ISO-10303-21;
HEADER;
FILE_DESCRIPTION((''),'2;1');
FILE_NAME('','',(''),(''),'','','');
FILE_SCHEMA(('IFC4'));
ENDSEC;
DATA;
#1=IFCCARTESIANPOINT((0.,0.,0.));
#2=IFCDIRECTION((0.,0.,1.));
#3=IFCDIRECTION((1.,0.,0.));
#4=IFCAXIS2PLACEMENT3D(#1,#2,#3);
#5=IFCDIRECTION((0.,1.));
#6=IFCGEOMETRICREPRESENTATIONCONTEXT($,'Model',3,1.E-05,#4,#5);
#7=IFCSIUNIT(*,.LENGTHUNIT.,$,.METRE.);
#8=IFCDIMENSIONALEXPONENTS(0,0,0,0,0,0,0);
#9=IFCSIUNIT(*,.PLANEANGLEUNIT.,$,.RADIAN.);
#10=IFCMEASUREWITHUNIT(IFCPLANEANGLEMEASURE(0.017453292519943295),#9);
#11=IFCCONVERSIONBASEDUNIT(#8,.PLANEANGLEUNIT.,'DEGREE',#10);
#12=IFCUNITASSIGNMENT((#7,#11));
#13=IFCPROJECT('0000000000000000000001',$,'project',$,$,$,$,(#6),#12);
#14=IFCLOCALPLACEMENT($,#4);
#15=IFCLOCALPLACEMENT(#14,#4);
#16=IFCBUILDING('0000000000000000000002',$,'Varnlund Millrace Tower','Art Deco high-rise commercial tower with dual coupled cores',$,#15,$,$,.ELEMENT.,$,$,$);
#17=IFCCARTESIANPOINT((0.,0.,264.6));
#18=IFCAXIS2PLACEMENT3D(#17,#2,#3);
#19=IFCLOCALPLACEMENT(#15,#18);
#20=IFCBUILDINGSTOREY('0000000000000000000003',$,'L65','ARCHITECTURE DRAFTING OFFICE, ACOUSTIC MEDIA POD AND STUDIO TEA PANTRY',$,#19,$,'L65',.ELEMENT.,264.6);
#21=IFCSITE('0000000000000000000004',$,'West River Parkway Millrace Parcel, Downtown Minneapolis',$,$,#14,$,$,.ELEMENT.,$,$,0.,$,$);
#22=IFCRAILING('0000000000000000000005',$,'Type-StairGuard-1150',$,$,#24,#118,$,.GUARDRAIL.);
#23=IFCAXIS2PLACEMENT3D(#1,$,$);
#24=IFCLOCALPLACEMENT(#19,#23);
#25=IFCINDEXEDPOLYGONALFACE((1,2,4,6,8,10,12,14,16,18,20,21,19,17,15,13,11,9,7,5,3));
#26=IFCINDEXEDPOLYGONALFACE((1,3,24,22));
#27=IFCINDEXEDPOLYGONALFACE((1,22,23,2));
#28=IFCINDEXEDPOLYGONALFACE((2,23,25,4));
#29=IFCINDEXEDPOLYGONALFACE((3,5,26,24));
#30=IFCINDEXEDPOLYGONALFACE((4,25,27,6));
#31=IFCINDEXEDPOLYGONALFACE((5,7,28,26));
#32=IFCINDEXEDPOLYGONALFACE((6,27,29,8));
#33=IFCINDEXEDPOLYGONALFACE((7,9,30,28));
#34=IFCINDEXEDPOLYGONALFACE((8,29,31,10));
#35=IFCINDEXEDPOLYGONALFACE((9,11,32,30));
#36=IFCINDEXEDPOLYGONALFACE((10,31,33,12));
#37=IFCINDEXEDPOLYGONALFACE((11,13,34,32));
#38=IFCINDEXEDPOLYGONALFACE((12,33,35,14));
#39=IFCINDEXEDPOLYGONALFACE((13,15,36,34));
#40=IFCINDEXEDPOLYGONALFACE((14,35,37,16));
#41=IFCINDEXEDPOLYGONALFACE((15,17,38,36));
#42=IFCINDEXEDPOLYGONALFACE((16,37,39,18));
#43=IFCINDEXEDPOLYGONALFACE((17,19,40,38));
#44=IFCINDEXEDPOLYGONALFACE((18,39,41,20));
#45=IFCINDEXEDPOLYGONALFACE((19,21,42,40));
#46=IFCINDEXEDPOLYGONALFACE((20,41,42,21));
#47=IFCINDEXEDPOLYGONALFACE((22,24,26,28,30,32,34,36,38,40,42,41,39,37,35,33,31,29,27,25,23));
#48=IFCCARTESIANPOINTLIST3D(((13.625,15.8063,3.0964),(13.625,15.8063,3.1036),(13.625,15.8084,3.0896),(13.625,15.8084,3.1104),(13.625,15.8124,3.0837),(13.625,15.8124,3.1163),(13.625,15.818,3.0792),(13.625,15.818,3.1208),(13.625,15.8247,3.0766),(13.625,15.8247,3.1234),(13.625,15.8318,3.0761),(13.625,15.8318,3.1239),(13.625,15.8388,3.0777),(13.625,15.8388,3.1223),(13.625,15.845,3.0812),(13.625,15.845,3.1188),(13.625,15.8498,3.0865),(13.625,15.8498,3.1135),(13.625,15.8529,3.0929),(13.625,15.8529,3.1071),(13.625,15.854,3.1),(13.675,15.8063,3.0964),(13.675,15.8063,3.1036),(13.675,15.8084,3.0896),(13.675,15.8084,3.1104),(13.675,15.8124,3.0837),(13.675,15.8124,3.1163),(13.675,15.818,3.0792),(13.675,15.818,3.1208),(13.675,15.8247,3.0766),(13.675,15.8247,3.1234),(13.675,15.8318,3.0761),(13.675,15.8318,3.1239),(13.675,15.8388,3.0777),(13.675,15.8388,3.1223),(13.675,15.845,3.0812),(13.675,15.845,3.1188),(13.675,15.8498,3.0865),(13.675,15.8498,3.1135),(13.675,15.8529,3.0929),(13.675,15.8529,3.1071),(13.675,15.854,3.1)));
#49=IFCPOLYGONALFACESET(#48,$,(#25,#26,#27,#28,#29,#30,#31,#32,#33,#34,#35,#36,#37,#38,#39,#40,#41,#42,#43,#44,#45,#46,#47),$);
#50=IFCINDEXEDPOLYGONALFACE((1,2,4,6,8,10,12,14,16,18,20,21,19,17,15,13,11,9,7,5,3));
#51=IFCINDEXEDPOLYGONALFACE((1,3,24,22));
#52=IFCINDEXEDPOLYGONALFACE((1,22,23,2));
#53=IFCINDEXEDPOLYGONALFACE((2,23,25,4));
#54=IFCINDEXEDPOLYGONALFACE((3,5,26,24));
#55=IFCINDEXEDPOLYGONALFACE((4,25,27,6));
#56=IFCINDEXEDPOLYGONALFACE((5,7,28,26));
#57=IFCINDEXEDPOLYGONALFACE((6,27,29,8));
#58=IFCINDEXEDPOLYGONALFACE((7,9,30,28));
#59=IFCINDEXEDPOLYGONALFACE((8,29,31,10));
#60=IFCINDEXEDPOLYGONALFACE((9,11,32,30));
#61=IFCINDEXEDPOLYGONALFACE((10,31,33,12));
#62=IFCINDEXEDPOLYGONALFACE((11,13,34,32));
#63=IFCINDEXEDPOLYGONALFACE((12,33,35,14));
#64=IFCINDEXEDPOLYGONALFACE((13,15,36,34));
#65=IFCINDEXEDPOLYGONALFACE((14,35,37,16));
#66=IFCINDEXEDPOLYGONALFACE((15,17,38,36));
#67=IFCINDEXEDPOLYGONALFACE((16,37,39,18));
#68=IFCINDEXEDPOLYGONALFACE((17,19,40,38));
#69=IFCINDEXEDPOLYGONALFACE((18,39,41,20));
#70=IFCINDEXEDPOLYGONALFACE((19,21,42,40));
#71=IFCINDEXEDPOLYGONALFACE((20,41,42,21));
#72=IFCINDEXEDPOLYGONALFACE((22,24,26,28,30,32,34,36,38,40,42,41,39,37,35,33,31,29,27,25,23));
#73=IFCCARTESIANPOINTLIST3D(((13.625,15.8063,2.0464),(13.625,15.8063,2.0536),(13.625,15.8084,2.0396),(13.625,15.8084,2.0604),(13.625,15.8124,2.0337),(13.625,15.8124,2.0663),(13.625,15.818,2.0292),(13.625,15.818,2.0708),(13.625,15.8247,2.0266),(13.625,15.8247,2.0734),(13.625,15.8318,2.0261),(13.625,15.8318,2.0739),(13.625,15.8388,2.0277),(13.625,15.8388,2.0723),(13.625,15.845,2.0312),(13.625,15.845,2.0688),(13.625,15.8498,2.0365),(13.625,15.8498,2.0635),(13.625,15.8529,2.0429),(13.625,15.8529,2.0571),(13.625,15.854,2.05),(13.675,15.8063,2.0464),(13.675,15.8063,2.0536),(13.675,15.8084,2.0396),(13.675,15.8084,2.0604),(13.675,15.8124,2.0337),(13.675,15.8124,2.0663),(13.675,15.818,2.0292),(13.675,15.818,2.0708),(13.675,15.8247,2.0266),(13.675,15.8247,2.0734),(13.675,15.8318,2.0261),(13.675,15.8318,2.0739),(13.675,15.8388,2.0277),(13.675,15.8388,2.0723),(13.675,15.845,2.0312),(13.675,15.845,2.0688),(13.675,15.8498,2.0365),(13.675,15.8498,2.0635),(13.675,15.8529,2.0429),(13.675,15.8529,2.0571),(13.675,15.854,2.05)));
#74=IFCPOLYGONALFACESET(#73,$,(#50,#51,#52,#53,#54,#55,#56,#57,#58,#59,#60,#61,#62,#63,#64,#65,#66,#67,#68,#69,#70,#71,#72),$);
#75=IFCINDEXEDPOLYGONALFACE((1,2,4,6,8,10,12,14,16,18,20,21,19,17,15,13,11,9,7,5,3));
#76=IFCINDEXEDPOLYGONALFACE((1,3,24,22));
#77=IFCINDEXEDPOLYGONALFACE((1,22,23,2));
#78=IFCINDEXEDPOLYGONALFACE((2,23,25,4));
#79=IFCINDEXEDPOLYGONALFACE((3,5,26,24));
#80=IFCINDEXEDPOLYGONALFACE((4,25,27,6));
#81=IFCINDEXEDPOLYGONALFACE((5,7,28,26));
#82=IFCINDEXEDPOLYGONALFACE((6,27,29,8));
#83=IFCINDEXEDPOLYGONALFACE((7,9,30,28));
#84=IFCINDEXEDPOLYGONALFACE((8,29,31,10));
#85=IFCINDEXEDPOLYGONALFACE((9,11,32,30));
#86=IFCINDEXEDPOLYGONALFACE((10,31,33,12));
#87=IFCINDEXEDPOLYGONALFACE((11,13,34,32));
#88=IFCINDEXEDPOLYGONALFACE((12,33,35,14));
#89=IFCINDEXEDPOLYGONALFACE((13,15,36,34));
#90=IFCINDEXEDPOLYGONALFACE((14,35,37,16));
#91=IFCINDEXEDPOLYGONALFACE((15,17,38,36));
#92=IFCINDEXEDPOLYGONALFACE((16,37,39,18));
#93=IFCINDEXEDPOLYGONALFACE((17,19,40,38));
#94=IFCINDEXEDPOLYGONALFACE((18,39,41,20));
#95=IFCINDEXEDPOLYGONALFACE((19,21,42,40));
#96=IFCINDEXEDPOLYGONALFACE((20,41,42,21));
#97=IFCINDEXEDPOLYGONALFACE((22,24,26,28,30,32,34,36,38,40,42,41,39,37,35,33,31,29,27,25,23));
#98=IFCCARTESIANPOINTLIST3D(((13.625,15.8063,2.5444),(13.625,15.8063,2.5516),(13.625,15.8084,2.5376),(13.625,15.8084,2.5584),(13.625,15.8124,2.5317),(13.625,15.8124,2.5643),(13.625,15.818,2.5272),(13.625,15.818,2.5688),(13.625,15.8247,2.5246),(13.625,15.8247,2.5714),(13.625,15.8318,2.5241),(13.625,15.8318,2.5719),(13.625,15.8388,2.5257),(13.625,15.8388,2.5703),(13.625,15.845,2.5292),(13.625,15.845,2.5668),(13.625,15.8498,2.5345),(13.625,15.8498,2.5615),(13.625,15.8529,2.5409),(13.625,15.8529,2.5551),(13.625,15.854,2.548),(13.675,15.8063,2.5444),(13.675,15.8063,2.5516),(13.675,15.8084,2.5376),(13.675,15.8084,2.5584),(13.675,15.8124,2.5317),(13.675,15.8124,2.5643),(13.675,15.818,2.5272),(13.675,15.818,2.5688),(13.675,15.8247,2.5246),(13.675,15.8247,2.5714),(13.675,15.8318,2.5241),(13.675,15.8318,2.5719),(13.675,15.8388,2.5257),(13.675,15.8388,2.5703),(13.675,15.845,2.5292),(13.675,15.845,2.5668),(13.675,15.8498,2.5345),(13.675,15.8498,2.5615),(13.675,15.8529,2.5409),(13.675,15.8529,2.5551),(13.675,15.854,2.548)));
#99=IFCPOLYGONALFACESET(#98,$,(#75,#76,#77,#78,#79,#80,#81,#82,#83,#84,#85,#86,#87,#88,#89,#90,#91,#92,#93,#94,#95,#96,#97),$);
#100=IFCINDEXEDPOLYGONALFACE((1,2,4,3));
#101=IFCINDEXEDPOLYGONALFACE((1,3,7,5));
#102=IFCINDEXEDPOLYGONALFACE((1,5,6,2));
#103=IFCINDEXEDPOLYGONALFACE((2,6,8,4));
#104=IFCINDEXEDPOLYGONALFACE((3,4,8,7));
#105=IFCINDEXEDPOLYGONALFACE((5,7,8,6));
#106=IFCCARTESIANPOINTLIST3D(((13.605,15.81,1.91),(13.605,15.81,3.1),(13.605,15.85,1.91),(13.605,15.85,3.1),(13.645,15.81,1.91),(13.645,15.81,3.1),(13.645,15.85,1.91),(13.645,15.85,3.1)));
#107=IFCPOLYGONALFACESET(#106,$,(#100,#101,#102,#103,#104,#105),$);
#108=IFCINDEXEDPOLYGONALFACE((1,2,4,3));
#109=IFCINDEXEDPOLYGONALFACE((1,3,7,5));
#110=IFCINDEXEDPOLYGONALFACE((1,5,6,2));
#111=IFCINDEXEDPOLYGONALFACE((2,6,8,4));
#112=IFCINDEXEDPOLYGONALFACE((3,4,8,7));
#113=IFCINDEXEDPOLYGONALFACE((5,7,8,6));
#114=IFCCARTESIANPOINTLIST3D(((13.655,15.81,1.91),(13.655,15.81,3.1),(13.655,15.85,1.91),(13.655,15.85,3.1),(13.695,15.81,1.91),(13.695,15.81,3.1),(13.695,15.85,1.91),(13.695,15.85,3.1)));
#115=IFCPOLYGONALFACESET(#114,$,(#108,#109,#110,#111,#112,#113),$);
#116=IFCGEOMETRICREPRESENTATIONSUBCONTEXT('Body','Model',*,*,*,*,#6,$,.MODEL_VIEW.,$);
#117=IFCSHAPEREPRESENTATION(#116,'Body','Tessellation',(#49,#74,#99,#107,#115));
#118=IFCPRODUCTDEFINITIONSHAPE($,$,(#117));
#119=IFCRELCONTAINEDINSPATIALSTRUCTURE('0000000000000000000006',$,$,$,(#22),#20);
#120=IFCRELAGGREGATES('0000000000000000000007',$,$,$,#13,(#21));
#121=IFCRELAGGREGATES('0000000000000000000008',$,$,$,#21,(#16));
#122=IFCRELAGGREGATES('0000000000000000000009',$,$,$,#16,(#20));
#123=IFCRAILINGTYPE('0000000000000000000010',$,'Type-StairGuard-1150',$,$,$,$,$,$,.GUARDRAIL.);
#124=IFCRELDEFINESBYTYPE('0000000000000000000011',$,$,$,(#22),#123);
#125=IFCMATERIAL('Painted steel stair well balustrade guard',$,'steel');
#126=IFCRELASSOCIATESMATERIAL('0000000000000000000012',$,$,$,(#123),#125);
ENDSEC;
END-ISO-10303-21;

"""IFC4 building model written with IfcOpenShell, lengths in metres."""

from ifc_helpers import new_model, entity, si_unit, converted_unit, direction, frame, origin_with_axes, origin_2d_with_axis, place, context, subcontext, project, spatial, rectangle, circle, extrude, material, type_object, element, save


model = new_model("IFC4")

# Units and contexts
model_context = context("Model", 3, precision=1e-05, world=origin_with_axes(), true_north=direction((0.0, 1.0)))
body_context = subcontext(model_context, "Body", "Model", "MODEL_VIEW")
ifc_project = project(units=[si_unit("LENGTHUNIT", "METRE"), converted_unit("PLANEANGLEUNIT", "DEGREE", entity("IfcPlaneAngleMeasure", 0.017453292519943295), si_unit("PLANEANGLEUNIT", "RADIAN"), dimensions=[0, 0, 0, 0, 0, 0, 0])], contexts=[model_context])

# Site, building, storey
site_placement = place(None, origin_with_axes())
site = spatial("IfcSite", under=ifc_project, at=site_placement, Name="West River Parkway Millrace Parcel, Downtown Minneapolis", CompositionType="ELEMENT", RefElevation=0.0)
building_placement = place(site_placement, origin_with_axes())
building = spatial("IfcBuilding", under=site, at=building_placement, Name="Varnlund Millrace Tower", Description="Art Deco high-rise commercial tower with dual coupled cores", CompositionType="ELEMENT")
storey_placement = place(building_placement, frame((0.0, 0.0, 264.6), z_axis=(0.0, 0.0, 1.0), x_axis=(1.0, 0.0, 0.0)))
storey = spatial("IfcBuildingStorey", under=building, at=storey_placement, Name="L65", Description="ARCHITECTURE DRAFTING OFFICE, ACOUSTIC MEDIA POD AND STUDIO TEA PANTRY", LongName="L65", CompositionType="ELEMENT", Elevation=264.6)

# Railing
ifc_material_1 = material(Name="Painted steel stair well balustrade guard", Category="steel")
railing_type_1 = type_object("IfcRailingType", Name="Type-StairGuard-1150", PredefinedType="GUARDRAIL", material=ifc_material_1)
railing_1_placement = place(storey_placement, frame((0.0, 0.0, -264.6), z_axis=(0.0, 0.0, 1.0), x_axis=(1.0, 0.0, 0.0)))
element("IfcRailing", 1, at=railing_1_placement, inside=storey, type_object=railing_type_1, Name="Type-StairGuard-1150", PredefinedType="GUARDRAIL", context=body_context, shape_type="SweptSolid", body=[
    extrude(circle(Radius=0.024, at=origin_2d_with_axis()), frame((13.625, 15.83, 267.7), z_axis=(1.0, 0.0, 0.0), x_axis=(0.0, 1.0, 0.0)), (0.0, 0.0, 1.0), 0.05),
    extrude(circle(Radius=0.024, at=origin_2d_with_axis()), frame((13.625, 15.83, 266.65), z_axis=(1.0, 0.0, 0.0), x_axis=(0.0, 1.0, 0.0)), (0.0, 0.0, 1.0), 0.05),
    extrude(circle(Radius=0.024, at=origin_2d_with_axis()), frame((13.625, 15.83, 267.148), z_axis=(1.0, 0.0, 0.0), x_axis=(0.0, 1.0, 0.0)), (0.0, 0.0, 1.0), 0.05),
    extrude(rectangle(XDim=0.04, YDim=0.04, at=origin_2d_with_axis()), frame((13.625, 15.83, 266.51), z_axis=(0.0, 0.0, 1.0), x_axis=(1.0, 0.0, 0.0)), (0.0, 0.0, 1.0), 1.19),
    extrude(rectangle(XDim=0.04, YDim=0.04, at=origin_2d_with_axis()), frame((13.675, 15.83, 266.51), z_axis=(0.0, 0.0, 1.0), x_axis=(1.0, 0.0, 0.0)), (0.0, 0.0, 1.0), 1.19),
])

save(model, "model.ifc")
